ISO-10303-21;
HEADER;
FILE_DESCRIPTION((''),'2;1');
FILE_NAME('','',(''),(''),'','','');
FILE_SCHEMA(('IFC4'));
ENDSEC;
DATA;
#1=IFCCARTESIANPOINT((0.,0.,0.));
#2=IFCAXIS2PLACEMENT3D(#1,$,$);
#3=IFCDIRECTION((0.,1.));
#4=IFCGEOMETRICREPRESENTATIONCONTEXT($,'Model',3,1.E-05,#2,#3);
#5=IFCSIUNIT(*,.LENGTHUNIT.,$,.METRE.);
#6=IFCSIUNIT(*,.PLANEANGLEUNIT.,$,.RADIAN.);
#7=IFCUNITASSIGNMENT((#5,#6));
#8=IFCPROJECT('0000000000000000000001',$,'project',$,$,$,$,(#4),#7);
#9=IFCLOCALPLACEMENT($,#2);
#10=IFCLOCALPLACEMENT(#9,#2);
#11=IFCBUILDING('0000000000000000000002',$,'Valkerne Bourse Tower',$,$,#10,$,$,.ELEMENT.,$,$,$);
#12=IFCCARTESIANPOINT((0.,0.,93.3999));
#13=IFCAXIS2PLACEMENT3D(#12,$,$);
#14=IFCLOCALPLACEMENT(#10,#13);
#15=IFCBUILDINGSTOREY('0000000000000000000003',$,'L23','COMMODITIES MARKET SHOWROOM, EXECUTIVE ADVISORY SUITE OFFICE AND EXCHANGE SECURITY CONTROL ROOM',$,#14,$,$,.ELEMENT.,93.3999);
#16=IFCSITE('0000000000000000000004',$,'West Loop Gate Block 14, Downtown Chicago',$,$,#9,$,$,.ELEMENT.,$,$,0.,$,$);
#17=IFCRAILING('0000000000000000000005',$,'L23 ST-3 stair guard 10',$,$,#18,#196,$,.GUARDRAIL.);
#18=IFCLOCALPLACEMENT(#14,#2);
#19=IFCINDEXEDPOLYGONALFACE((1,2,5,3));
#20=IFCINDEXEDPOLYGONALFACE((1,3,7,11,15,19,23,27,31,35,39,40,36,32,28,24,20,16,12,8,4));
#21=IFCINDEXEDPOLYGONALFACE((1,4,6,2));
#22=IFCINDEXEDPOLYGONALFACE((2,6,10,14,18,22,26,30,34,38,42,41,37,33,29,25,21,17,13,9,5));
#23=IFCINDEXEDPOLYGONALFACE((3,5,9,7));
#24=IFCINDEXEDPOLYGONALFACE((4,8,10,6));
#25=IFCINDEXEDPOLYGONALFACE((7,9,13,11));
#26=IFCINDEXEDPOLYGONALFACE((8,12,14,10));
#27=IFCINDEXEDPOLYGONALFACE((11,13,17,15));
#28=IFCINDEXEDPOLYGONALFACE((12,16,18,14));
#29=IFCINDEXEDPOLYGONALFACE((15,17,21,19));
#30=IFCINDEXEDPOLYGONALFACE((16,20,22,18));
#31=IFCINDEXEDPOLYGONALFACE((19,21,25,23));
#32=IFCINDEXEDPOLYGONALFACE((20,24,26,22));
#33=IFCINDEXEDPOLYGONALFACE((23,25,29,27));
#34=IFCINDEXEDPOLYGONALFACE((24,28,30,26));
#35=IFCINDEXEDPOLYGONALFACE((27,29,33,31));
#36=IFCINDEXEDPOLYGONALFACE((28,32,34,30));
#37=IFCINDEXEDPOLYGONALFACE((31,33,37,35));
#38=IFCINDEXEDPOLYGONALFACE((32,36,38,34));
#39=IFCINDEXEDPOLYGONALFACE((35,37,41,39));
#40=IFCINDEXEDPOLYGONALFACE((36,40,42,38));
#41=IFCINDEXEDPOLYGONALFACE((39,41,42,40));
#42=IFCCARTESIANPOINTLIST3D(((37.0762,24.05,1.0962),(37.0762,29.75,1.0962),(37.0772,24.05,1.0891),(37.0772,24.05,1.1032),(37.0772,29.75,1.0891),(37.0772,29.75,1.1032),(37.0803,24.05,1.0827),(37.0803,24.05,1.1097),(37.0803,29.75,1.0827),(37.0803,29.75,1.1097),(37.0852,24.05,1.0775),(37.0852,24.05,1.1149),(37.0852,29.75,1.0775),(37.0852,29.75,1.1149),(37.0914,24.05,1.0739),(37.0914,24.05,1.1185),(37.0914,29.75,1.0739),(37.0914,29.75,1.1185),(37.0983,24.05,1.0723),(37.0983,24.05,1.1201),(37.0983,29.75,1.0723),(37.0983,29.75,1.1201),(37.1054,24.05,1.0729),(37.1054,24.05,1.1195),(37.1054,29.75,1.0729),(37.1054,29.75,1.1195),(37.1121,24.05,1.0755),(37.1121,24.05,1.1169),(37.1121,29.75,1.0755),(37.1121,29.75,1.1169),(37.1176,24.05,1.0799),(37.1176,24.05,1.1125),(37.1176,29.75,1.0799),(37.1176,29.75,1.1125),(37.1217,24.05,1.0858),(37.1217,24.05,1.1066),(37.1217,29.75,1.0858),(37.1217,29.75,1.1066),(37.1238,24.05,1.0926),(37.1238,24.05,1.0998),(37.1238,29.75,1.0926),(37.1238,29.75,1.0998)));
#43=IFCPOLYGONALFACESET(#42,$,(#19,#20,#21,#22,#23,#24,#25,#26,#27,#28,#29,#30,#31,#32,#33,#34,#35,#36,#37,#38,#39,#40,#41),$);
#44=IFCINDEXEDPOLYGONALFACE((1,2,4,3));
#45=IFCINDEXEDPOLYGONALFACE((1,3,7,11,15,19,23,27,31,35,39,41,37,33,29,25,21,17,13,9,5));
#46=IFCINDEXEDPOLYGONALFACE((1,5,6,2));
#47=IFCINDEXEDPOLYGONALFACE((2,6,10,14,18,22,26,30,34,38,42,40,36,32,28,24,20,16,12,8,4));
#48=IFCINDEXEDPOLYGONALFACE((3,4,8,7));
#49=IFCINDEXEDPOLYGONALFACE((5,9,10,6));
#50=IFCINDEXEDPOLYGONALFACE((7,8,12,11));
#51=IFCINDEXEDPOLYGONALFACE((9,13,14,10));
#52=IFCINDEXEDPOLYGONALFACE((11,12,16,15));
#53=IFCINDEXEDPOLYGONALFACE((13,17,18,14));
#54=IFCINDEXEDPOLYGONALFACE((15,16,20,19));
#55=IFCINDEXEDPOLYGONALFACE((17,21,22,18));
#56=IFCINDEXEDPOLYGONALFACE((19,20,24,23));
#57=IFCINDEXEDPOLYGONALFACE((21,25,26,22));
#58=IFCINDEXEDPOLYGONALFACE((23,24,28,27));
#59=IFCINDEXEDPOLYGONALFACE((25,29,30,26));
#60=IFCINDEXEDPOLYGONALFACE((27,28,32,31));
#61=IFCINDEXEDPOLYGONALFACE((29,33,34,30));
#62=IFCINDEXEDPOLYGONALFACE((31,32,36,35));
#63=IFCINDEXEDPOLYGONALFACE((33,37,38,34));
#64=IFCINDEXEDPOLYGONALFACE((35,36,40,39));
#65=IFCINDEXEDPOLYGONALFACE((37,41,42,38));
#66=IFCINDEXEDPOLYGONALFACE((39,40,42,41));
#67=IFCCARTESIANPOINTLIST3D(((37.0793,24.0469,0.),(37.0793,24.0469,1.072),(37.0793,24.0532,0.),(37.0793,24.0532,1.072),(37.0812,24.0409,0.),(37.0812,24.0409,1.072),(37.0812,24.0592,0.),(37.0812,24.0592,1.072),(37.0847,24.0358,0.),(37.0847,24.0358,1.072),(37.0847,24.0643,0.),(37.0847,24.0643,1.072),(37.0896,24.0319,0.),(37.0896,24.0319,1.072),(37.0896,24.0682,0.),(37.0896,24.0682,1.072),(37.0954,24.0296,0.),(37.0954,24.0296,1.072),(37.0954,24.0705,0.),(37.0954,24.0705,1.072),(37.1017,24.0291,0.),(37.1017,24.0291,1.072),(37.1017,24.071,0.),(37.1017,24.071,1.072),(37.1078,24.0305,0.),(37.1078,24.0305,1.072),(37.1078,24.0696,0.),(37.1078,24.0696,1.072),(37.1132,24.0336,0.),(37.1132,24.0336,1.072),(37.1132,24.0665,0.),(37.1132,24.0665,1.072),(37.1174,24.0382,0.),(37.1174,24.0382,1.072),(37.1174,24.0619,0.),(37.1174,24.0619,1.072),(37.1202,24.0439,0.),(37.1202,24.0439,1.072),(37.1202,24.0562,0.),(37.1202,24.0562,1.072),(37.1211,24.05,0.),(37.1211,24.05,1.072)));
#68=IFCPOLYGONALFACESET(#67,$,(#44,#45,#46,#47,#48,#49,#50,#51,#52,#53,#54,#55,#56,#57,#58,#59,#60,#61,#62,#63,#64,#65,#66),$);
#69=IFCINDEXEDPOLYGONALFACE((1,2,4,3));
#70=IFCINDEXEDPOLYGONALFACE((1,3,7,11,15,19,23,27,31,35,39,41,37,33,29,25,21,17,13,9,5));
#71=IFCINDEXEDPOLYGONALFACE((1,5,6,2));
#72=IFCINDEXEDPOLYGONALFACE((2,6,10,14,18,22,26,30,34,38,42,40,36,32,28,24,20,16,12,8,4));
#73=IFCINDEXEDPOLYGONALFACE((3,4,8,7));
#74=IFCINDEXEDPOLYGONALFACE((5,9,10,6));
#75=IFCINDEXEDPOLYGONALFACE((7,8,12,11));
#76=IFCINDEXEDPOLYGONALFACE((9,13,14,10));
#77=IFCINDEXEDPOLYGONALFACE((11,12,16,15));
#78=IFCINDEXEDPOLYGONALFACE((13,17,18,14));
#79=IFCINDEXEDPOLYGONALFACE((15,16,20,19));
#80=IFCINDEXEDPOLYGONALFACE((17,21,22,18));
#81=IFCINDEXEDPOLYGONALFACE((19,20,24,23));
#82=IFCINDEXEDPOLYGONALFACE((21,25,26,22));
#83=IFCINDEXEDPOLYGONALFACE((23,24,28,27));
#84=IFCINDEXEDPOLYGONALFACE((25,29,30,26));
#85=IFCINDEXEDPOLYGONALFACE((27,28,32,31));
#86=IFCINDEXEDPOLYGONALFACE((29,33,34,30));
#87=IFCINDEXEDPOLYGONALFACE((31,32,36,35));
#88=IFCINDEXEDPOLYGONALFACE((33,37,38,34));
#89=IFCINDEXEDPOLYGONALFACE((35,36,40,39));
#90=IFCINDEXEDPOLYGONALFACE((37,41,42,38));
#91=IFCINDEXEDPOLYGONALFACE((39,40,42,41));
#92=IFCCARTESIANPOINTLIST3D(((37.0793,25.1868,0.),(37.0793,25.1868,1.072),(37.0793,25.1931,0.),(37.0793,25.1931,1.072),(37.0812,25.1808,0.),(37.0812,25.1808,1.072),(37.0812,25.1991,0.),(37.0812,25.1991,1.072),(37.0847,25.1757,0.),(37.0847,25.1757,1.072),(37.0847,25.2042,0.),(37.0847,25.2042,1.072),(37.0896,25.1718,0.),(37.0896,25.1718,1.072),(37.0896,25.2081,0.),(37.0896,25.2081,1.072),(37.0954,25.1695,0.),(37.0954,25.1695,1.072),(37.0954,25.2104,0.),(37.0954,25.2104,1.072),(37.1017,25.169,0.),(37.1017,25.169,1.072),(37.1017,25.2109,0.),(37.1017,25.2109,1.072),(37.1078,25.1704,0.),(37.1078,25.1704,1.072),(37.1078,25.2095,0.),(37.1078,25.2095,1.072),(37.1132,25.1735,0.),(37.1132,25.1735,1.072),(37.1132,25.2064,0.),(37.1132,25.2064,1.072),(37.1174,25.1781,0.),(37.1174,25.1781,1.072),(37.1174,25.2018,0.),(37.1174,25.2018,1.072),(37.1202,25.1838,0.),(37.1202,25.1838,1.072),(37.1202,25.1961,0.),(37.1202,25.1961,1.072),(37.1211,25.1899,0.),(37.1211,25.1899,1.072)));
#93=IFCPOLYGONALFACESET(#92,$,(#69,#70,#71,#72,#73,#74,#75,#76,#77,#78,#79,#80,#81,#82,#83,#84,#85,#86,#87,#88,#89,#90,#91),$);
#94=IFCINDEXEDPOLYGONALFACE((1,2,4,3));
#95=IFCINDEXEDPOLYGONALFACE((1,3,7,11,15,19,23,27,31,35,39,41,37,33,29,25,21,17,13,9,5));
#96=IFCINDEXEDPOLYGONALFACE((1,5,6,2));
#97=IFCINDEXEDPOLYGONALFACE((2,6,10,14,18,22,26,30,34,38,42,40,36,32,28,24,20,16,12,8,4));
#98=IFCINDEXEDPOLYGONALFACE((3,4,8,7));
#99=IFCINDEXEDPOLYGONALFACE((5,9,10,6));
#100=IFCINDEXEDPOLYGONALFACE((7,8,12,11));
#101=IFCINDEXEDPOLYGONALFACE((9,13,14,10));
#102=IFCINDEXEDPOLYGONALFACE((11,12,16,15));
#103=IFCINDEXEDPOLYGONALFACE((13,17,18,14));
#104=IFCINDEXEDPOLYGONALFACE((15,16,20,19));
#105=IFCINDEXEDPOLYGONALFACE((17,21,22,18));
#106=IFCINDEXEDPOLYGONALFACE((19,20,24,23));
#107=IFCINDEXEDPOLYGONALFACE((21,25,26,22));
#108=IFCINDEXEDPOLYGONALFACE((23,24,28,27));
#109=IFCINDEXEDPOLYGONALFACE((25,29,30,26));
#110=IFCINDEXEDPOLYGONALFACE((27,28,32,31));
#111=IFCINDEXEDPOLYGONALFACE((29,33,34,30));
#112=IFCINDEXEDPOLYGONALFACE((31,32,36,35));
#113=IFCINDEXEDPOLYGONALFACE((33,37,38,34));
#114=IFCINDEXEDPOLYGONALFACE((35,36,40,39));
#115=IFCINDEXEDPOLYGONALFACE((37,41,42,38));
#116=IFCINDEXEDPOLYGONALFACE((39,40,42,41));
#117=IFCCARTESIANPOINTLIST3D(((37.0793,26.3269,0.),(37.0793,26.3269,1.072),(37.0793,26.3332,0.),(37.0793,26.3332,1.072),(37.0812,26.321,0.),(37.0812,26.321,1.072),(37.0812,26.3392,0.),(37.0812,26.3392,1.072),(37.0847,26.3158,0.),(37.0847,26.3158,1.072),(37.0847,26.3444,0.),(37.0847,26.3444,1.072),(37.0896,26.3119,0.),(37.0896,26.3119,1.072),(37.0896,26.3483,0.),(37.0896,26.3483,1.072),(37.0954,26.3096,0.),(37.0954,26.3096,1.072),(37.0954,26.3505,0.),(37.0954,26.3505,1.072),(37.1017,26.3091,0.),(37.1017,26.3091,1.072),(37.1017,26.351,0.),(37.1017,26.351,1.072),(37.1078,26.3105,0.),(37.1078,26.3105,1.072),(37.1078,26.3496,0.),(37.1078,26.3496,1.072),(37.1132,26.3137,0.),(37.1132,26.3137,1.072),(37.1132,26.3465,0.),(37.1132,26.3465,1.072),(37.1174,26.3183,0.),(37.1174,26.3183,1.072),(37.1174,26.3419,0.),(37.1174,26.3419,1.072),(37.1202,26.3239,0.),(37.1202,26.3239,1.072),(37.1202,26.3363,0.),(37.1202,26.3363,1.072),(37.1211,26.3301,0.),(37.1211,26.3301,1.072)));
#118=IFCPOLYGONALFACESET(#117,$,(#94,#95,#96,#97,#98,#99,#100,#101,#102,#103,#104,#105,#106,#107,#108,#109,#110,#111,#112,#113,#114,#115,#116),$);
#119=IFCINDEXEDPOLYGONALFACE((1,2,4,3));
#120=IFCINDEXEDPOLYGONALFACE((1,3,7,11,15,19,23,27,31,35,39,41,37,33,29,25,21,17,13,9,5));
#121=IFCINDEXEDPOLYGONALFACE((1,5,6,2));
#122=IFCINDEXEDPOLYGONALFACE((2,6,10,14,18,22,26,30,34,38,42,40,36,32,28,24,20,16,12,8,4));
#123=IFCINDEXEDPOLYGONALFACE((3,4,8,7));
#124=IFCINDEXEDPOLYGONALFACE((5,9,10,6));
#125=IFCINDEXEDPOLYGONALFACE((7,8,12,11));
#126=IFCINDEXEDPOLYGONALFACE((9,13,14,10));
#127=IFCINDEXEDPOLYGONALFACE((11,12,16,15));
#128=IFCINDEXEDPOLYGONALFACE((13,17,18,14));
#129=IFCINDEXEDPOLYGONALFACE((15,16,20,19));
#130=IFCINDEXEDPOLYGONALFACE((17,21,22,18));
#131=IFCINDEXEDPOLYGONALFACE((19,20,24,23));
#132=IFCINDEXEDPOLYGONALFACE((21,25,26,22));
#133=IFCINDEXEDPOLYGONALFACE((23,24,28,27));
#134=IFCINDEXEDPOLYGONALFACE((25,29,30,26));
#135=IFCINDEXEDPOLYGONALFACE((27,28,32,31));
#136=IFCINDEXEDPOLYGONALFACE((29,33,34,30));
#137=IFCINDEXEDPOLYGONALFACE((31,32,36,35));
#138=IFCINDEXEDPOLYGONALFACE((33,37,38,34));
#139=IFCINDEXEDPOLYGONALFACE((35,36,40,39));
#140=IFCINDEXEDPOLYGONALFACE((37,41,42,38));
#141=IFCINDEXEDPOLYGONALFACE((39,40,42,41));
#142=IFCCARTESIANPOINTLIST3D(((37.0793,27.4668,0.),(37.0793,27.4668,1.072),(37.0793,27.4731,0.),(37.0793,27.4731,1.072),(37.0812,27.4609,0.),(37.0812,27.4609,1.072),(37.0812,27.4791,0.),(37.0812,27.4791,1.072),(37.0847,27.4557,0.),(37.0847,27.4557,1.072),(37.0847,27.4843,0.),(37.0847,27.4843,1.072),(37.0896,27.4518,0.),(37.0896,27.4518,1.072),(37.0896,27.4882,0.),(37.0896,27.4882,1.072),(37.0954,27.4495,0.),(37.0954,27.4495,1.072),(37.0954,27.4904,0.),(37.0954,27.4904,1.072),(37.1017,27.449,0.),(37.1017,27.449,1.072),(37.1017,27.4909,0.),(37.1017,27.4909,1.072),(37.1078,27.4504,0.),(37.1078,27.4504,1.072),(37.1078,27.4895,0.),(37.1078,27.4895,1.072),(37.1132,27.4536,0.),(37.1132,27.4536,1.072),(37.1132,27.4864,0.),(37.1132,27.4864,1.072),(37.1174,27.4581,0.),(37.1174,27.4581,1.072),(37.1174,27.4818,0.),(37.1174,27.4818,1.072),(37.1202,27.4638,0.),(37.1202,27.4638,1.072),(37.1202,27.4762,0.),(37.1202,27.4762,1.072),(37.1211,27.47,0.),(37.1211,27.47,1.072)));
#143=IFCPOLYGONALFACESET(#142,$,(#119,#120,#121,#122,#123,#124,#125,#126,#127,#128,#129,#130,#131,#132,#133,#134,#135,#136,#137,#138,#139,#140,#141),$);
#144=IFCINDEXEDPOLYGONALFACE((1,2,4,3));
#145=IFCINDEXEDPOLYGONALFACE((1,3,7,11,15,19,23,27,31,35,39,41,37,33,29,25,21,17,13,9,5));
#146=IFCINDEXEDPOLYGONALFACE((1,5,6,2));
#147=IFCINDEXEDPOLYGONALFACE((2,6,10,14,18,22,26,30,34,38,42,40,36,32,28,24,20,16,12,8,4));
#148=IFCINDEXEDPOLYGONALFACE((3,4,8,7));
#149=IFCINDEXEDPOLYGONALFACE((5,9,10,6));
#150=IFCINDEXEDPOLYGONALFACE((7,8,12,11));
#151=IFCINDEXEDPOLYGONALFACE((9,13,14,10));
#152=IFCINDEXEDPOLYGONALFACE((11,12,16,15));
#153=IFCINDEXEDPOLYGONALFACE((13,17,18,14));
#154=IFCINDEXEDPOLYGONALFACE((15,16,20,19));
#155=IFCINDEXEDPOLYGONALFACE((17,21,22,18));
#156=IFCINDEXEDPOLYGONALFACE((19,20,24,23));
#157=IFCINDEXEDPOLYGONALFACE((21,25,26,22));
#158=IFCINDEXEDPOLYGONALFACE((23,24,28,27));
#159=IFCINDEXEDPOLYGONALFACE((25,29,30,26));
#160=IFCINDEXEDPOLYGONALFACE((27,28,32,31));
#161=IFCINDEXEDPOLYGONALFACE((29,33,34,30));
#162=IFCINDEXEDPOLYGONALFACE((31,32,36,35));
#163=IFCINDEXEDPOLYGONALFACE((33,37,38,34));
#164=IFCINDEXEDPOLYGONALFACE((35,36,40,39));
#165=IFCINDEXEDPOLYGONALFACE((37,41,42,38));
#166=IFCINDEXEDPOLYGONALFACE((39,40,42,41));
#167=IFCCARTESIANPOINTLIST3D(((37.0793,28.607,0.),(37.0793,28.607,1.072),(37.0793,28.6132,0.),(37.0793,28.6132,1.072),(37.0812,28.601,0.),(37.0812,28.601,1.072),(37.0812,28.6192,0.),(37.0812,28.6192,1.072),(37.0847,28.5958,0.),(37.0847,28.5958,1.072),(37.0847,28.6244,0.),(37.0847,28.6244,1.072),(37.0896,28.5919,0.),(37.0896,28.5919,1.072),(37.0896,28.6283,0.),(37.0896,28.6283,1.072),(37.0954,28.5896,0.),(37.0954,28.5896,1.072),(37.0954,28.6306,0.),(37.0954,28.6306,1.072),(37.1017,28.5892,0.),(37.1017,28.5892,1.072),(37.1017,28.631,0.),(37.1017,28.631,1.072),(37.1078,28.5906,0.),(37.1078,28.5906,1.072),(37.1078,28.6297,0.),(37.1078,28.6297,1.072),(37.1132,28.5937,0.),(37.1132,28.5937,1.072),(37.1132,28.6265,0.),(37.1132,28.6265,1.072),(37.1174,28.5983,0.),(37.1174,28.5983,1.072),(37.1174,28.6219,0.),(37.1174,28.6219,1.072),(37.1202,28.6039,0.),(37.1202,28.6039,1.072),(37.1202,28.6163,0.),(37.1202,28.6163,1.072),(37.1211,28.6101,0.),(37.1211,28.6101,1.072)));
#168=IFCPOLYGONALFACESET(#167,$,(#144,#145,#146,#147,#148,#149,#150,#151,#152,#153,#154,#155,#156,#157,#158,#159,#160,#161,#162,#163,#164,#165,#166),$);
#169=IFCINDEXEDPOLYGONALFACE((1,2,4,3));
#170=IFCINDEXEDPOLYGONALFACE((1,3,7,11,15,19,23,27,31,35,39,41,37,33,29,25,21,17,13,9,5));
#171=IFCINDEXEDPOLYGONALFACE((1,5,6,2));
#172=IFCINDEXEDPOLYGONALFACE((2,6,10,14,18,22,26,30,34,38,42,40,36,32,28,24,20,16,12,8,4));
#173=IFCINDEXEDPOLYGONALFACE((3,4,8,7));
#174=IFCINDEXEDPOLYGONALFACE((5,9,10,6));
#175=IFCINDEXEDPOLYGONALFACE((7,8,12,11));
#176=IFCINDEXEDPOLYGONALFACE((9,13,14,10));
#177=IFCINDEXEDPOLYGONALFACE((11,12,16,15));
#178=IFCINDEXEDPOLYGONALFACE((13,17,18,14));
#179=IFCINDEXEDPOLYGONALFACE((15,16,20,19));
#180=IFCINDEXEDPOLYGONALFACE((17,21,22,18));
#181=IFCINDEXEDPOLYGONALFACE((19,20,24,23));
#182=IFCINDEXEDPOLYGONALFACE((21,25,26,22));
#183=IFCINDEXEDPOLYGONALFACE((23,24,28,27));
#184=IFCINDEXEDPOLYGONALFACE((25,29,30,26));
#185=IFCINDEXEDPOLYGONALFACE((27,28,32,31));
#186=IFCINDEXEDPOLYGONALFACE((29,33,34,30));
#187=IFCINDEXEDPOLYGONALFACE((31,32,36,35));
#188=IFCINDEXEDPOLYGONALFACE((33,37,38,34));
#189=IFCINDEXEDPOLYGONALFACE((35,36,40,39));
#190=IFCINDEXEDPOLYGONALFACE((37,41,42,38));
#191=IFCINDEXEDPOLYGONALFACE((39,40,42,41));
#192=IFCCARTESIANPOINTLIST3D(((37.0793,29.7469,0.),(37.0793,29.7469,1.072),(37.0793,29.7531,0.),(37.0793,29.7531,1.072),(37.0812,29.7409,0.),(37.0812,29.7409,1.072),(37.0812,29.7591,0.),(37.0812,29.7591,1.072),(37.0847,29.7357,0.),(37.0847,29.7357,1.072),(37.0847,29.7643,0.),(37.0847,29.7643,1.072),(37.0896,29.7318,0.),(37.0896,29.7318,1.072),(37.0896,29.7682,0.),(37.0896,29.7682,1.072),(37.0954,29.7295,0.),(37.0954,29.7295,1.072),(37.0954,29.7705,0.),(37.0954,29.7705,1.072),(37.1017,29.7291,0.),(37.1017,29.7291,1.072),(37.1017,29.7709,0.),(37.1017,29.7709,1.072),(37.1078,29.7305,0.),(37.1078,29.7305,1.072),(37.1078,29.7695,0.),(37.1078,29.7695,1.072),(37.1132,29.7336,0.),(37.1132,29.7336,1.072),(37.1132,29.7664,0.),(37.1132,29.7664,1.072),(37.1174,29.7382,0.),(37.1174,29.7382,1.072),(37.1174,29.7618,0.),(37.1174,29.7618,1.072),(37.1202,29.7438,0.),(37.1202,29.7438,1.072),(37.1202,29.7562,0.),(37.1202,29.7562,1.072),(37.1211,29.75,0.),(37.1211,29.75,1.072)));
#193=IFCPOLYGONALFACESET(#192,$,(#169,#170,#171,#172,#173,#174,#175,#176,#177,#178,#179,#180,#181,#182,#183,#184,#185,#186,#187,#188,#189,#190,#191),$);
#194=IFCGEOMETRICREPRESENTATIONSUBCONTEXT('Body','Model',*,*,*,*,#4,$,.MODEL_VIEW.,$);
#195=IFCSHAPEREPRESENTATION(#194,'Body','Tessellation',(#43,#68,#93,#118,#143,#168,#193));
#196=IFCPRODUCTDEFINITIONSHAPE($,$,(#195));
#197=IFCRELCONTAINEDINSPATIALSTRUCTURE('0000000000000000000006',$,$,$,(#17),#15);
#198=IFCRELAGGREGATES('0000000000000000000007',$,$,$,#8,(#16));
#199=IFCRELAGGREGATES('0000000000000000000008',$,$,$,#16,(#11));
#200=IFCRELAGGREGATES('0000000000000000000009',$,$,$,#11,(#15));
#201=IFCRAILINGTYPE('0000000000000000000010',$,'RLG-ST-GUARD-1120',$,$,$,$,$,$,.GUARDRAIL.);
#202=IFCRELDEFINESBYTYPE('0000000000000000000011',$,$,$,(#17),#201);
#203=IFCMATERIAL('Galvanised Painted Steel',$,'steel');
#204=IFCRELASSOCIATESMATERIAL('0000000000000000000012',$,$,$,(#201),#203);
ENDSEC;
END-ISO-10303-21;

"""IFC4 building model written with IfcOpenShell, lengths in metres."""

from ifc_helpers import new_model, si_unit, direction, frame, origin, origin_2d, place, context, subcontext, project, spatial, circle, extrude, material, type_object, element, save


model = new_model("IFC4")

# Units and contexts
model_context = context("Model", 3, precision=1e-05, world=origin(), true_north=direction((0.0, 1.0)))
body_context = subcontext(model_context, "Body", "Model", "MODEL_VIEW")
ifc_project = project(units=[si_unit("LENGTHUNIT", "METRE"), si_unit("PLANEANGLEUNIT", "RADIAN")], contexts=[model_context])

# Site, building, storey
site_placement = place(None, origin())
site = spatial("IfcSite", under=ifc_project, at=site_placement, Name="West Loop Gate Block 14, Downtown Chicago", CompositionType="ELEMENT", RefElevation=0.0)
building_placement = place(site_placement, origin())
building = spatial("IfcBuilding", under=site, at=building_placement, Name="Valkerne Bourse Tower", CompositionType="ELEMENT")
storey_placement = place(building_placement, frame((0.0, 0.0, 93.3999)))
storey = spatial("IfcBuildingStorey", under=building, at=storey_placement, Name="L23", Description="COMMODITIES MARKET SHOWROOM, EXECUTIVE ADVISORY SUITE OFFICE AND EXCHANGE SECURITY CONTROL ROOM", CompositionType="ELEMENT", Elevation=93.3999)

# Shared definitions
ifc_material_1 = material(Name="Galvanised Painted Steel", Category="steel")

# Railing
railing_type_1 = type_object("IfcRailingType", Name="RLG-ST-GUARD-1120", PredefinedType="GUARDRAIL", material=ifc_material_1)
for number, where, name in (
    (1, (37.1001, 24.05, 0.0), "L23 ST-3 stair guard 10"),
):
    element("IfcRailing", number, at=place(storey_placement, frame(where)), inside=storey, type_object=railing_type_1, Name=name, PredefinedType="GUARDRAIL", context=body_context, shape_type="SweptSolid", body=[
        extrude(circle(Radius=0.0239, at=origin_2d()), frame((0.0, 0.0, 1.0962), z_axis=(0.0, 1.0, 0.0), x_axis=(-1.0, 0.0, 0.0)), (0.0, 0.0, 1.0), 5.7),
        extrude(circle(Radius=0.021, at=origin_2d()), origin(), (0.0, 0.0, 1.0), 1.072),
        extrude(circle(Radius=0.021, at=origin_2d()), frame((0.0, 1.1399, 0.0)), (0.0, 0.0, 1.0), 1.072),
        extrude(circle(Radius=0.021, at=origin_2d()), frame((0.0, 2.28, 0.0)), (0.0, 0.0, 1.0), 1.072),
        extrude(circle(Radius=0.021, at=origin_2d()), frame((0.0, 3.4199, 0.0)), (0.0, 0.0, 1.0), 1.072),
        extrude(circle(Radius=0.021, at=origin_2d()), frame((0.0, 4.5601, 0.0)), (0.0, 0.0, 1.0), 1.072),
        extrude(circle(Radius=0.021, at=origin_2d()), frame((0.0, 5.7, 0.0)), (0.0, 0.0, 1.0), 1.072),
    ])

save(model, "model.ifc")
